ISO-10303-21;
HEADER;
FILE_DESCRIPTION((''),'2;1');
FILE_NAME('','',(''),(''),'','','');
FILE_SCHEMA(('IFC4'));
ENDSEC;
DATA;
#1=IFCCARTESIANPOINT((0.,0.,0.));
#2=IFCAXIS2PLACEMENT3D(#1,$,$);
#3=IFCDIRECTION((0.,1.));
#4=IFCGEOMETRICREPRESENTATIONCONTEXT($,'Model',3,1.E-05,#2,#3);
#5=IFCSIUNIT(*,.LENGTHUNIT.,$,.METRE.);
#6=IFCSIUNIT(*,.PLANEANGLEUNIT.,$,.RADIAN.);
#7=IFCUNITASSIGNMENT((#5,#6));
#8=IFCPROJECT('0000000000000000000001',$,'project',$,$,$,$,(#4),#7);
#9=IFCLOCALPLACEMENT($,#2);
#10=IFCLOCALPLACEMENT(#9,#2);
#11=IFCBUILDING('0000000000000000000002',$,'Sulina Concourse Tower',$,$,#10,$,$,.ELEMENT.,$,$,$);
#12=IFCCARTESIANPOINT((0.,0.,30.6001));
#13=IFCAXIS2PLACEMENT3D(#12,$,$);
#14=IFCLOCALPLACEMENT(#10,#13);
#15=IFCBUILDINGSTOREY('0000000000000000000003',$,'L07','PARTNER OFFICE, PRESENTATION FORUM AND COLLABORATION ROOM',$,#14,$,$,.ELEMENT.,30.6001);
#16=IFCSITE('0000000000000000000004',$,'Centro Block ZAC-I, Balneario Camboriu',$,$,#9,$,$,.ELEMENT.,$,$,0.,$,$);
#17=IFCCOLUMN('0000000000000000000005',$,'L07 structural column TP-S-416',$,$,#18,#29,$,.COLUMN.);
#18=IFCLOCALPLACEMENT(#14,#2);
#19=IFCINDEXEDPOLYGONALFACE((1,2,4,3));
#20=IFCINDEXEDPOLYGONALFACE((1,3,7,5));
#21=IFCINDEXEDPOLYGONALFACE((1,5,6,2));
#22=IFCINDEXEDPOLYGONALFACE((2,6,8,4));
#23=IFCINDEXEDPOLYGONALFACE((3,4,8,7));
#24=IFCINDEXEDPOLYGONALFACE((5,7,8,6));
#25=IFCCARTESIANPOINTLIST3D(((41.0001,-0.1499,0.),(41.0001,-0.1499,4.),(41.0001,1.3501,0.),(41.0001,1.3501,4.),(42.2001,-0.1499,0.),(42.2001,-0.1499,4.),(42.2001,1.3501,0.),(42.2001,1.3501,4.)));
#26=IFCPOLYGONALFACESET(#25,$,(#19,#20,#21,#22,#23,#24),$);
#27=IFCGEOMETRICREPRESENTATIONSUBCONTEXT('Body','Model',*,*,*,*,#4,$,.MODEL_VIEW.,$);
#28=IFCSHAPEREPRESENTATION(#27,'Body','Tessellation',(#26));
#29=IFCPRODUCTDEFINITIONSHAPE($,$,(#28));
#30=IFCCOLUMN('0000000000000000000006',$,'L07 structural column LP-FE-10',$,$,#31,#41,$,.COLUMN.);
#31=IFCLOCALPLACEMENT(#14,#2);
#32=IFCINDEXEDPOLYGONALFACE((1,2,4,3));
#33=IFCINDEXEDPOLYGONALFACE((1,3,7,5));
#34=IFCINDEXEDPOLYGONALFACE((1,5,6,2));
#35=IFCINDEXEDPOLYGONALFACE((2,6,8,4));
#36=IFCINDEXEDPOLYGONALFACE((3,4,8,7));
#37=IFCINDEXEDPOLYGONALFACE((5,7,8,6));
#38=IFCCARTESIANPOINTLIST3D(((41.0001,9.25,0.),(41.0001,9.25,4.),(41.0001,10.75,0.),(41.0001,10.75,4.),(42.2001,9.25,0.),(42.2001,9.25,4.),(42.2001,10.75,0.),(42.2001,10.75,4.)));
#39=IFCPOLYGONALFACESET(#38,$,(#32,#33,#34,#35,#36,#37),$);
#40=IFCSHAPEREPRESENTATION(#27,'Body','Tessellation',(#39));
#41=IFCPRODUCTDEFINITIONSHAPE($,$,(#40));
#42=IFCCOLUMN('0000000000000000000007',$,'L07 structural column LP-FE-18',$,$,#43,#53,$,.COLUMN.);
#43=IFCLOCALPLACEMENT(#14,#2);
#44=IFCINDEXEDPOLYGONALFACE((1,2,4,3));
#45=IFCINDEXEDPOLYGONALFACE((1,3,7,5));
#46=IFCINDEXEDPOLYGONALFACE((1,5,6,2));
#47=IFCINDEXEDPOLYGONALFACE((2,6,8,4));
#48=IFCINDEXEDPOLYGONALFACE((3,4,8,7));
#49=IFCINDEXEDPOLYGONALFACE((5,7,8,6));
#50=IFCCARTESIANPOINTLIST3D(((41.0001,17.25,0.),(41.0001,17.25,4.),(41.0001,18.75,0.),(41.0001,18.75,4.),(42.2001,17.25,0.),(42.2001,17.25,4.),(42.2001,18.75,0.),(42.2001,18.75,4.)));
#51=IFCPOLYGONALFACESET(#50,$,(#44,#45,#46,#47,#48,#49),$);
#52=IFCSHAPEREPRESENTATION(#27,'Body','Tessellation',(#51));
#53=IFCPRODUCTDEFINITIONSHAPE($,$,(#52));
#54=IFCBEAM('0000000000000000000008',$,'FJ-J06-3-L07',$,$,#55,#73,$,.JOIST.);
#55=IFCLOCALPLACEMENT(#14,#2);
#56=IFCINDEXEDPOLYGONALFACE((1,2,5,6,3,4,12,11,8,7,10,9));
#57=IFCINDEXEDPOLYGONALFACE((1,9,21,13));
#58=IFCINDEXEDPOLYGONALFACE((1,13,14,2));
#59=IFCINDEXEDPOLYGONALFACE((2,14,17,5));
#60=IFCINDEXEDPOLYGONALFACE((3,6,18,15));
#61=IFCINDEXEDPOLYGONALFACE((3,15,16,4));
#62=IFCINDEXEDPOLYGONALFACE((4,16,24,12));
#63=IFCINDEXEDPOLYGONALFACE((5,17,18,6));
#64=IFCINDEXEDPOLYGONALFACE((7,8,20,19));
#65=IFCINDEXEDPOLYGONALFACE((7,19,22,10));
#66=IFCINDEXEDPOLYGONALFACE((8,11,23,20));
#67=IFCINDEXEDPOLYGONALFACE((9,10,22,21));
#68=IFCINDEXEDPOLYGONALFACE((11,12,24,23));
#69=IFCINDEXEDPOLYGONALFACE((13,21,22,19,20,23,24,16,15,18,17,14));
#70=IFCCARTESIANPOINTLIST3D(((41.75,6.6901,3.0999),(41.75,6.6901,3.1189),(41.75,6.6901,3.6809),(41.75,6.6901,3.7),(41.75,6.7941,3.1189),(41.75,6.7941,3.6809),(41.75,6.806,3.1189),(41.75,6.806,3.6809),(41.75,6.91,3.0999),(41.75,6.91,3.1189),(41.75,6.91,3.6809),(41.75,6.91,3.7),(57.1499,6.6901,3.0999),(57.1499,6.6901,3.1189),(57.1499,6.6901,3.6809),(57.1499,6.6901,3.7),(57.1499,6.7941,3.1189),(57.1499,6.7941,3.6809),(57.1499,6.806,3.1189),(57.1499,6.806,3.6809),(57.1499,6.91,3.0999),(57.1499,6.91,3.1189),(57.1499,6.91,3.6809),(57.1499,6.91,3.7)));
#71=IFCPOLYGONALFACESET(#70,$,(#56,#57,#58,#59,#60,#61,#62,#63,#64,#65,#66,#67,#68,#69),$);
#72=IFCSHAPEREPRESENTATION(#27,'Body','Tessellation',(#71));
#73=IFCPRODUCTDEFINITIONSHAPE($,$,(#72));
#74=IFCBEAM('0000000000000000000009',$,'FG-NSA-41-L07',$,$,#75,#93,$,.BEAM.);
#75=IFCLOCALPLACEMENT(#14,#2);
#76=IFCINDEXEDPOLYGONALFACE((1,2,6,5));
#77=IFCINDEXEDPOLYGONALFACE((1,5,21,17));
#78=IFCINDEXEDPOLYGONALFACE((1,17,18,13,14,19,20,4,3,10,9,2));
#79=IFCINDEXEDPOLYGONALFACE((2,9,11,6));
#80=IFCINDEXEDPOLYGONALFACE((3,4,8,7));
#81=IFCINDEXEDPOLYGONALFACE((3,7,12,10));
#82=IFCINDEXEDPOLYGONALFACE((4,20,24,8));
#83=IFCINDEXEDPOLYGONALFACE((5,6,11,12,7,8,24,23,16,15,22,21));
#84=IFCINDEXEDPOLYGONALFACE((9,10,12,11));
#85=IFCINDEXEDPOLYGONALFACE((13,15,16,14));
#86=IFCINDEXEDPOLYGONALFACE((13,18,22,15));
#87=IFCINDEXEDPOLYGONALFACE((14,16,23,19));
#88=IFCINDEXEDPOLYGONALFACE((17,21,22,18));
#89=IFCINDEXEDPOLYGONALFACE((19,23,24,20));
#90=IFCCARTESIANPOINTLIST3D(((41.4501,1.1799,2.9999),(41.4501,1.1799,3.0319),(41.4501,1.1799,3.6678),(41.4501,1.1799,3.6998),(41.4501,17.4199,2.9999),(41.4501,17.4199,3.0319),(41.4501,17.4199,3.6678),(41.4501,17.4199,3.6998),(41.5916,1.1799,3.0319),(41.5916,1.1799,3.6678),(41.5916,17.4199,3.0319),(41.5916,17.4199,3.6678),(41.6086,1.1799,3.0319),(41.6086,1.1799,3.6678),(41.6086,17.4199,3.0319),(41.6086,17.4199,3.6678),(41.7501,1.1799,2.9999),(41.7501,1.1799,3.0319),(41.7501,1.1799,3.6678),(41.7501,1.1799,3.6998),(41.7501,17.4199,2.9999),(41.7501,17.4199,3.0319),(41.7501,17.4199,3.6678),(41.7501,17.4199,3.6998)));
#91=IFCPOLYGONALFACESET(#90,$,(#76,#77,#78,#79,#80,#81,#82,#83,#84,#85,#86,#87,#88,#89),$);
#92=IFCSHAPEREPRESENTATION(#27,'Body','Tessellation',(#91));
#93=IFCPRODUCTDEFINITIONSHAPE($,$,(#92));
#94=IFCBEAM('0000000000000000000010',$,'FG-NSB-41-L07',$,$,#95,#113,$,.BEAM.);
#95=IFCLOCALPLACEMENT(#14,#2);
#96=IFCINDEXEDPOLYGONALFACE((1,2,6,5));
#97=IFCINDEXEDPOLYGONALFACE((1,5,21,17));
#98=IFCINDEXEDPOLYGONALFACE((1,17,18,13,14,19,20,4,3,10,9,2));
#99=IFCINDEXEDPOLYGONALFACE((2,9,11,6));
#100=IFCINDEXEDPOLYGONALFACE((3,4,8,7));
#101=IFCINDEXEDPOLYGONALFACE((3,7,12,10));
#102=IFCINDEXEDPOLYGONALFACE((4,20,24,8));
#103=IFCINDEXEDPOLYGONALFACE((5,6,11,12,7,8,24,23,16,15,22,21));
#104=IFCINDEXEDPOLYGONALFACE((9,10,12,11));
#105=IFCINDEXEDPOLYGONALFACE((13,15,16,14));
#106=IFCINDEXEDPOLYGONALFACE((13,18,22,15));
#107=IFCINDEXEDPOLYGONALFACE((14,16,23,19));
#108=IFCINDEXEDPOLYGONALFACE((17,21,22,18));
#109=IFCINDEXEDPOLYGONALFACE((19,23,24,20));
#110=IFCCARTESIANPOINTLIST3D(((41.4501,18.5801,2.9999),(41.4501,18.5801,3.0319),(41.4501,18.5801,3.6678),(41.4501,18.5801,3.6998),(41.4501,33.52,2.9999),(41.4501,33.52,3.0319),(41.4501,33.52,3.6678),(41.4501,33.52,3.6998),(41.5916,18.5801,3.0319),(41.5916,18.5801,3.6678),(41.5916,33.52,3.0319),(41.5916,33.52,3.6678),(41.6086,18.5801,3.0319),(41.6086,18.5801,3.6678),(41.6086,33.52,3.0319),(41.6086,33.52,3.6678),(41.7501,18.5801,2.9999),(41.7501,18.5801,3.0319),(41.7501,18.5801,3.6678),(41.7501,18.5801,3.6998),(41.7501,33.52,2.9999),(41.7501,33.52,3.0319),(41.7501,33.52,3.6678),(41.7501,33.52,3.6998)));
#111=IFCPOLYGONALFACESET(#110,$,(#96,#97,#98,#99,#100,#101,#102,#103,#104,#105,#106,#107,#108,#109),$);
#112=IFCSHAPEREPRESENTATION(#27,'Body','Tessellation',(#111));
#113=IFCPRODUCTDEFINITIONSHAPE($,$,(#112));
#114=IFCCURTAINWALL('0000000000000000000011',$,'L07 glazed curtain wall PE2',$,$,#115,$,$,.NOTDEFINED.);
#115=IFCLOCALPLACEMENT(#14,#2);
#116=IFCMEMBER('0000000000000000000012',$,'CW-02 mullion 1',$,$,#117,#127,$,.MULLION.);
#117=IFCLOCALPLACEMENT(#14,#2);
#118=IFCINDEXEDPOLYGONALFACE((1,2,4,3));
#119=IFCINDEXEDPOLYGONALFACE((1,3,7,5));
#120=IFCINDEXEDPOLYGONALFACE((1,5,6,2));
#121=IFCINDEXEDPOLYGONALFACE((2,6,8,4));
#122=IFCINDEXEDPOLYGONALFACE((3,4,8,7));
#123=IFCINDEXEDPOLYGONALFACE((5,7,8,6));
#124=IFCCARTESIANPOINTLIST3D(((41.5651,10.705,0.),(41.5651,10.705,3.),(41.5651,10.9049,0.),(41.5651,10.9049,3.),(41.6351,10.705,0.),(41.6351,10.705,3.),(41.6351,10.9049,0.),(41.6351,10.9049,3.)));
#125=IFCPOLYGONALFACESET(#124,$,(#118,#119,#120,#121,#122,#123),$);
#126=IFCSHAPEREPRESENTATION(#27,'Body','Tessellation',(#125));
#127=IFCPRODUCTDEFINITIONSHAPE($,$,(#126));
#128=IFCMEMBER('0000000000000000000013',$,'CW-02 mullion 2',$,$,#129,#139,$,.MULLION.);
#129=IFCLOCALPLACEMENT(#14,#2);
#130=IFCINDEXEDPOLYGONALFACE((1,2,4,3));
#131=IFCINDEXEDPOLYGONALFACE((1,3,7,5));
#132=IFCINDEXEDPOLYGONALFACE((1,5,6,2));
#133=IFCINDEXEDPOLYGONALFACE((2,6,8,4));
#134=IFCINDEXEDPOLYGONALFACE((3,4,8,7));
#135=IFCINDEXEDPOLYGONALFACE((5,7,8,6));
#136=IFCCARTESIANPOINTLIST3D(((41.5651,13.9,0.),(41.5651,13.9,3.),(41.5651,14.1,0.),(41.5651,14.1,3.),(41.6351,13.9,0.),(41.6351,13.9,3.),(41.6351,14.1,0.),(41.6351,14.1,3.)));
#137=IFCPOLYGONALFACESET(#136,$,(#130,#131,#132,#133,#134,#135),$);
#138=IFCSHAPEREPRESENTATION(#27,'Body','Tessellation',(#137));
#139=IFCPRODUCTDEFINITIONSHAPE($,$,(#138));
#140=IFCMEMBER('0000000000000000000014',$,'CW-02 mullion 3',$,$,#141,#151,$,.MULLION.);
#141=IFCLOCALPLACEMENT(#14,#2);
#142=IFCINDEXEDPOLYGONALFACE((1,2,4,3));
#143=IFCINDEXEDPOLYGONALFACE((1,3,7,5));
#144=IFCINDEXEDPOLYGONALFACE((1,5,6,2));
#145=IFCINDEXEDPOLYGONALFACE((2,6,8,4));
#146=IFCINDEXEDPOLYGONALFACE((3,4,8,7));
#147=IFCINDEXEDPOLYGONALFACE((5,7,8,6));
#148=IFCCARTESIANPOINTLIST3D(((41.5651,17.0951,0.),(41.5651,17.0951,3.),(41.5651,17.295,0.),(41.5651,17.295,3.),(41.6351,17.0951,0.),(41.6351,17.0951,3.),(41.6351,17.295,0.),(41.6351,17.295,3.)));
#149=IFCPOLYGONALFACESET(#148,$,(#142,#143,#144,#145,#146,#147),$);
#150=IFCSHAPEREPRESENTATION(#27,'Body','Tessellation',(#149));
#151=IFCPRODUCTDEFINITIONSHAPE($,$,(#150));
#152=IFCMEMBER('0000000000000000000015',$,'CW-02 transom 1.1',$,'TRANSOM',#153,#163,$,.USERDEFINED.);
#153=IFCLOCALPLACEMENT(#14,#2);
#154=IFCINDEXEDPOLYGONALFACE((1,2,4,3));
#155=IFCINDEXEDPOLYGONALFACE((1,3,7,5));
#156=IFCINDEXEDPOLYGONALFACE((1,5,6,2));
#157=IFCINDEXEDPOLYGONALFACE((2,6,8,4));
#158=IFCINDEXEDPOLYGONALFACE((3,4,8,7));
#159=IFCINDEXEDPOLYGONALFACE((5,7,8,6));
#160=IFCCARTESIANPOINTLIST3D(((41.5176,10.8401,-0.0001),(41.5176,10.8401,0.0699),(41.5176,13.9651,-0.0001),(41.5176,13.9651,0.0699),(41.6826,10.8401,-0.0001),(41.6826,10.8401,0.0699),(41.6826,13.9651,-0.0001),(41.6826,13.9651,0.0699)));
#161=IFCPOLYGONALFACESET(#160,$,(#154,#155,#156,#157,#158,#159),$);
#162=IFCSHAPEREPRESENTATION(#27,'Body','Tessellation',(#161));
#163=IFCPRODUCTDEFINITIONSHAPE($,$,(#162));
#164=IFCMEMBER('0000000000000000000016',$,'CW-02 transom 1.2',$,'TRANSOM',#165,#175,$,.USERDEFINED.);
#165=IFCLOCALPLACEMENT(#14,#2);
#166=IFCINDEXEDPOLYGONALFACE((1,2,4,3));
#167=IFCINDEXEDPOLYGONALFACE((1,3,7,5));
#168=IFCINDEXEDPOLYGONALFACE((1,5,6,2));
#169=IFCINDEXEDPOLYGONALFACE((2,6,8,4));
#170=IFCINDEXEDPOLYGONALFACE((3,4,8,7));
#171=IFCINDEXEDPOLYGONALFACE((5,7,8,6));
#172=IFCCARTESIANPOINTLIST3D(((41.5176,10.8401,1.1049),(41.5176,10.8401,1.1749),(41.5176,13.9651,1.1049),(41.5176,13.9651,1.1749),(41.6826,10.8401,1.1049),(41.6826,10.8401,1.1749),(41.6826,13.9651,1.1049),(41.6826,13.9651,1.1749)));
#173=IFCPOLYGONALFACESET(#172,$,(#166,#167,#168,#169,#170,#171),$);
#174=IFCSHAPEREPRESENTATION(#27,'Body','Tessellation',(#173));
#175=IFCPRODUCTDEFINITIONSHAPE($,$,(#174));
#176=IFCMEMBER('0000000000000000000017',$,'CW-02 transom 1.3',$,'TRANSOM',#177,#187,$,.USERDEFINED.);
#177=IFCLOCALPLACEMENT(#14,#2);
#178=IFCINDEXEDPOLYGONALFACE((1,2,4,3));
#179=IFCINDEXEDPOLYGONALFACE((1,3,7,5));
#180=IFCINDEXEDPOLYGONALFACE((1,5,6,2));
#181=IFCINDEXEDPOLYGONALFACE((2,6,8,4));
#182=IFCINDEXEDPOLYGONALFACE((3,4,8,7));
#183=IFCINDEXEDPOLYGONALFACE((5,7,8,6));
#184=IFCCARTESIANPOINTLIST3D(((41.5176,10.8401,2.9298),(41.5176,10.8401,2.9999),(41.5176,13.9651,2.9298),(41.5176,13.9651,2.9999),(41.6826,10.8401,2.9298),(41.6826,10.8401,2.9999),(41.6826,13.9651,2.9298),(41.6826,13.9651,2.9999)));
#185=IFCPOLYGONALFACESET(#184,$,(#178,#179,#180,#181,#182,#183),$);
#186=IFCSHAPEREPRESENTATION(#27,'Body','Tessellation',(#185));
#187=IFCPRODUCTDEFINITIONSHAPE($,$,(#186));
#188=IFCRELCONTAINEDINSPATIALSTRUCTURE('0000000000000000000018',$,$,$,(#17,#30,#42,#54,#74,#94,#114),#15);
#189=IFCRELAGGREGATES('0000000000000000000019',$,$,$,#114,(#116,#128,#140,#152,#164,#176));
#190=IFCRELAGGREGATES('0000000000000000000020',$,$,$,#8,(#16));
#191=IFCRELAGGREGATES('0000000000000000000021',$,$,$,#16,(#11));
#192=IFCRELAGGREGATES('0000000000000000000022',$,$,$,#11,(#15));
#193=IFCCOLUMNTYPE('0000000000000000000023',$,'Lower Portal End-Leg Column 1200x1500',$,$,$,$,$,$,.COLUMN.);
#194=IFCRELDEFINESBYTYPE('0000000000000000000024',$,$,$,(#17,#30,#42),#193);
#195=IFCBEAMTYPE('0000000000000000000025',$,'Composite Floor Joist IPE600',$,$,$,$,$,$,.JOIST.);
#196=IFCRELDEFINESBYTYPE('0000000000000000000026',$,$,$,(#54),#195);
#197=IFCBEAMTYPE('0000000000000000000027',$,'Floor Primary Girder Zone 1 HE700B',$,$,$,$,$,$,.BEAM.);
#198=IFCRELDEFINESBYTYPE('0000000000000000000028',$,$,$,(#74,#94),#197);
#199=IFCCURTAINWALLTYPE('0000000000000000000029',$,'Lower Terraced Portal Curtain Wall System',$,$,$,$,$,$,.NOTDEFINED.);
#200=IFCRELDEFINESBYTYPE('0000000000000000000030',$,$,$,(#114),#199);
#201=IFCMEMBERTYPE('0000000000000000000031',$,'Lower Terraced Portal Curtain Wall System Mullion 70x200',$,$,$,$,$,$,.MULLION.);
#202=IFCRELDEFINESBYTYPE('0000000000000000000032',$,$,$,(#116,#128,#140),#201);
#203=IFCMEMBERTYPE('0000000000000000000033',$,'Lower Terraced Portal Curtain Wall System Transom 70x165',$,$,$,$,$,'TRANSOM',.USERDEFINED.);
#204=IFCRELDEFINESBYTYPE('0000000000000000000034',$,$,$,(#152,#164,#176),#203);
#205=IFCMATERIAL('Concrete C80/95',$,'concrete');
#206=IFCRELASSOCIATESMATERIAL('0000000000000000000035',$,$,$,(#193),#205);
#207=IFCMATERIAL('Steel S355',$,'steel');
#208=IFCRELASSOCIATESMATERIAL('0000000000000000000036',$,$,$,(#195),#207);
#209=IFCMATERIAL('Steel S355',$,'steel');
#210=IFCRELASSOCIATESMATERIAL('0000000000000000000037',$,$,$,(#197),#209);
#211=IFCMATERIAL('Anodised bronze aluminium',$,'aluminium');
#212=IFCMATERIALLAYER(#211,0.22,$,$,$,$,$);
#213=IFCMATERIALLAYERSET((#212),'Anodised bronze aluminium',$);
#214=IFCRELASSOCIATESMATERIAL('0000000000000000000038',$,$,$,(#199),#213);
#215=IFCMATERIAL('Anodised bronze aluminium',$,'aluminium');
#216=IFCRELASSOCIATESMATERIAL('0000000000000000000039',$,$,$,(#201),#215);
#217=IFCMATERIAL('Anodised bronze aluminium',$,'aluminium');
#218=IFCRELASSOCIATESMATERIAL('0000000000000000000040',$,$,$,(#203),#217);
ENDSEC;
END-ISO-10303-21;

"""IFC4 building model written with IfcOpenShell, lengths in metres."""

from ifc_helpers import new_model, si_unit, direction, frame, origin, origin_2d, place, context, subcontext, project, spatial, rectangle, i_section, extrude, material, layer, layer_set, material_profile, profile_set, type_object, element, aggregate, save


model = new_model("IFC4")

# Units and contexts
model_context = context("Model", 3, precision=1e-05, world=origin(), true_north=direction((0.0, 1.0)))
body_context = subcontext(model_context, "Body", "Model", "MODEL_VIEW")
ifc_project = project(units=[si_unit("LENGTHUNIT", "METRE"), si_unit("PLANEANGLEUNIT", "RADIAN")], contexts=[model_context])

# Site, building, storey
site_placement = place(None, origin())
site = spatial("IfcSite", under=ifc_project, at=site_placement, Name="Centro Block ZAC-I, Balneario Camboriu", CompositionType="ELEMENT", RefElevation=0.0)
building_placement = place(site_placement, origin())
building = spatial("IfcBuilding", under=site, at=building_placement, Name="Sulina Concourse Tower", CompositionType="ELEMENT")
storey_placement = place(building_placement, frame((0.0, 0.0, 30.6001)))
storey = spatial("IfcBuildingStorey", under=building, at=storey_placement, Name="L07", Description="PARTNER OFFICE, PRESENTATION FORUM AND COLLABORATION ROOM", CompositionType="ELEMENT", Elevation=30.6001)

# Columns
ifc_material_1 = material(Name="Concrete C80/95", Category="concrete")
ifc_material_profile_1 = material_profile(ifc_material_1, rectangle(XDim=1.2, YDim=1.5, at=origin_2d()), Name="RC 1200x1500")
ifc_profile_set_1 = profile_set([ifc_material_profile_1], Name="Concrete C80/95")
column_type = type_object("IfcColumnType", Name="Lower Portal End-Leg Column 1200x1500", PredefinedType="COLUMN", material=ifc_profile_set_1)
for number, where, z_axis, x_axis, name in (
    (1, (41.6001, 0.6001, 0.0), (0.0, 0.0, 1.0), (1.0, 0.0, 0.0), "L07 structural column TP-S-416"),
    (2, (41.6001, 10.0, 0.0), (0.0, 0.0, 1.0), (1.0, 0.0, 0.0), "L07 structural column LP-FE-10"),
    (3, (41.6001, 18.0, 0.0), (0.0, 0.0, 1.0), (1.0, 0.0, 0.0), "L07 structural column LP-FE-18"),
):
    element("IfcColumn", number, at=place(storey_placement, frame(where, z_axis=z_axis, x_axis=x_axis)), inside=storey, type_object=column_type, Name=name, PredefinedType="COLUMN", context=body_context, shape_type="SweptSolid", body=[
        extrude(rectangle(XDim=1.2, YDim=1.5, at=origin_2d()), origin(), (0.0, 0.0, 1.0), 4.0),
    ])

# Beams
ifc_material_2 = material(Name="Steel S355", Category="steel")
ifc_material_profile_2 = material_profile(ifc_material_2, i_section(OverallWidth=0.22, OverallDepth=0.6001, WebThickness=0.012, FlangeThickness=0.019, at=origin_2d()), Name="IPE 600")
ifc_profile_set_2 = profile_set([ifc_material_profile_2], Name="Steel S355")
beam_type_1 = type_object("IfcBeamType", Name="Composite Floor Joist IPE600", PredefinedType="JOIST", material=ifc_profile_set_2)
beam_1_placement = place(storey_placement, frame((41.75, 6.8, 3.3999), z_axis=(1.0, 0.0, 0.0), x_axis=(0.0, 1.0, 0.0)))
element("IfcBeam", 4, at=beam_1_placement, inside=storey, type_object=beam_type_1, Name="FJ-J06-3-L07", PredefinedType="JOIST", context=body_context, shape_type="SweptSolid", body=[
    extrude(i_section(OverallWidth=0.22, OverallDepth=0.6001, WebThickness=0.012, FlangeThickness=0.019, at=origin_2d()), origin(), (0.0, 0.0, 1.0), 15.3999),
])
ifc_material_3 = material(Name="Steel S355", Category="steel")
ifc_material_profile_3 = material_profile(ifc_material_3, i_section(OverallWidth=0.3, OverallDepth=0.7, WebThickness=0.0171, FlangeThickness=0.032, at=origin_2d()), Name="HE 700 B")
ifc_profile_set_3 = profile_set([ifc_material_profile_3], Name="Steel S355")
beam_type_2 = type_object("IfcBeamType", Name="Floor Primary Girder Zone 1 HE700B", PredefinedType="BEAM", material=ifc_profile_set_3)
beam_2_placement = place(storey_placement, frame((41.6001, 1.1799, 3.3499), z_axis=(0.0, 1.0, 0.0), x_axis=(-1.0, 0.0, 0.0)))
element("IfcBeam", 5, at=beam_2_placement, inside=storey, type_object=beam_type_2, Name="FG-NSA-41-L07", PredefinedType="BEAM", context=body_context, shape_type="SweptSolid", body=[
    extrude(i_section(OverallWidth=0.3, OverallDepth=0.7, WebThickness=0.0171, FlangeThickness=0.032, at=origin_2d()), origin(), (0.0, 0.0, 1.0), 16.24),
])
beam_3_placement = place(storey_placement, frame((41.6001, 18.5801, 3.3499), z_axis=(0.0, 1.0, 0.0), x_axis=(-1.0, 0.0, 0.0)))
element("IfcBeam", 6, at=beam_3_placement, inside=storey, type_object=beam_type_2, Name="FG-NSB-41-L07", PredefinedType="BEAM", context=body_context, shape_type="SweptSolid", body=[
    extrude(i_section(OverallWidth=0.3, OverallDepth=0.7, WebThickness=0.0171, FlangeThickness=0.032, at=origin_2d()), origin(), (0.0, 0.0, 1.0), 14.9399),
])

# Curtain wall, members
ifc_material_4 = material(Name="Anodised bronze aluminium", Category="aluminium")
ifc_layer_1 = layer(ifc_material_4, 0.22)
ifc_layer_set_1 = layer_set([ifc_layer_1], Name="Anodised bronze aluminium")
curtain_wall_type = type_object("IfcCurtainWallType", Name="Lower Terraced Portal Curtain Wall System", PredefinedType="NOTDEFINED", material=ifc_layer_set_1)
curtain_wall_placement = place(storey_placement, origin())
curtain_wall = element("IfcCurtainWall", 7, at=curtain_wall_placement, inside=storey, type_object=curtain_wall_type, Name="L07 glazed curtain wall PE2", PredefinedType="NOTDEFINED")
ifc_material_5 = material(Name="Anodised bronze aluminium", Category="aluminium")
ifc_material_profile_4 = material_profile(ifc_material_5, rectangle(XDim=0.0701, YDim=0.2, at=origin_2d()), Name="MUL 70x200")
ifc_profile_set_4 = profile_set([ifc_material_profile_4], Name="Anodised bronze aluminium")
member_type_1 = type_object("IfcMemberType", Name="Lower Terraced Portal Curtain Wall System Mullion 70x200", PredefinedType="MULLION", material=ifc_profile_set_4)
member_1_placement = place(storey_placement, frame((41.6001, 10.8049, 0.0), z_axis=(0.0, 0.0, 1.0), x_axis=(-1.0, 0.0, 0.0)))
member_1 = element("IfcMember", 8, at=member_1_placement, type_object=member_type_1, Name="CW-02 mullion 1", PredefinedType="MULLION", context=body_context, shape_type="SweptSolid", body=[
    extrude(rectangle(XDim=0.0701, YDim=0.2, at=origin_2d()), origin(), (0.0, 0.0, 1.0), 3.0),
])
member_2_placement = place(storey_placement, frame((41.6001, 14.0, 0.0), z_axis=(0.0, 0.0, 1.0), x_axis=(-1.0, 0.0, 0.0)))
member_2 = element("IfcMember", 9, at=member_2_placement, type_object=member_type_1, Name="CW-02 mullion 2", PredefinedType="MULLION", context=body_context, shape_type="SweptSolid", body=[
    extrude(rectangle(XDim=0.0701, YDim=0.2, at=origin_2d()), origin(), (0.0, 0.0, 1.0), 3.0),
])
member_3_placement = place(storey_placement, frame((41.6001, 17.1951, 0.0), z_axis=(0.0, 0.0, 1.0), x_axis=(-1.0, 0.0, 0.0)))
member_3 = element("IfcMember", 10, at=member_3_placement, type_object=member_type_1, Name="CW-02 mullion 3", PredefinedType="MULLION", context=body_context, shape_type="SweptSolid", body=[
    extrude(rectangle(XDim=0.0701, YDim=0.2, at=origin_2d()), origin(), (0.0, 0.0, 1.0), 3.0),
])
ifc_material_6 = material(Name="Anodised bronze aluminium", Category="aluminium")
ifc_material_profile_5 = material_profile(ifc_material_6, rectangle(XDim=0.165, YDim=0.0701, at=origin_2d()), Name="TRN 70x165")
ifc_profile_set_5 = profile_set([ifc_material_profile_5], Name="Anodised bronze aluminium")
member_type_2 = type_object("IfcMemberType", Name="Lower Terraced Portal Curtain Wall System Transom 70x165", ElementType="TRANSOM", PredefinedType="USERDEFINED", material=ifc_profile_set_5)
member_4_placement = place(storey_placement, frame((41.6001, 10.8401, 0.0349), z_axis=(0.0, 1.0, 0.0), x_axis=(-1.0, 0.0, 0.0)))
member_4 = element("IfcMember", 11, at=member_4_placement, type_object=member_type_2, Name="CW-02 transom 1.1", ObjectType="TRANSOM", PredefinedType="USERDEFINED", context=body_context, shape_type="SweptSolid", body=[
    extrude(rectangle(XDim=0.165, YDim=0.0701, at=origin_2d()), origin(), (0.0, 0.0, 1.0), 3.125),
])
member_5_placement = place(storey_placement, frame((41.6001, 10.8401, 1.1399), z_axis=(0.0, 1.0, 0.0), x_axis=(-1.0, 0.0, 0.0)))
member_5 = element("IfcMember", 12, at=member_5_placement, type_object=member_type_2, Name="CW-02 transom 1.2", ObjectType="TRANSOM", PredefinedType="USERDEFINED", context=body_context, shape_type="SweptSolid", body=[
    extrude(rectangle(XDim=0.165, YDim=0.0701, at=origin_2d()), origin(), (0.0, 0.0, 1.0), 3.125),
])
member_6_placement = place(storey_placement, frame((41.6001, 10.8401, 2.9648), z_axis=(0.0, 1.0, 0.0), x_axis=(-1.0, 0.0, 0.0)))
member_6 = element("IfcMember", 13, at=member_6_placement, type_object=member_type_2, Name="CW-02 transom 1.3", ObjectType="TRANSOM", PredefinedType="USERDEFINED", context=body_context, shape_type="SweptSolid", body=[
    extrude(rectangle(XDim=0.165, YDim=0.0701, at=origin_2d()), origin(), (0.0, 0.0, 1.0), 3.125),
])
aggregate(curtain_wall, [member_1, member_2, member_3, member_4, member_5, member_6])

save(model, "model.ifc")
